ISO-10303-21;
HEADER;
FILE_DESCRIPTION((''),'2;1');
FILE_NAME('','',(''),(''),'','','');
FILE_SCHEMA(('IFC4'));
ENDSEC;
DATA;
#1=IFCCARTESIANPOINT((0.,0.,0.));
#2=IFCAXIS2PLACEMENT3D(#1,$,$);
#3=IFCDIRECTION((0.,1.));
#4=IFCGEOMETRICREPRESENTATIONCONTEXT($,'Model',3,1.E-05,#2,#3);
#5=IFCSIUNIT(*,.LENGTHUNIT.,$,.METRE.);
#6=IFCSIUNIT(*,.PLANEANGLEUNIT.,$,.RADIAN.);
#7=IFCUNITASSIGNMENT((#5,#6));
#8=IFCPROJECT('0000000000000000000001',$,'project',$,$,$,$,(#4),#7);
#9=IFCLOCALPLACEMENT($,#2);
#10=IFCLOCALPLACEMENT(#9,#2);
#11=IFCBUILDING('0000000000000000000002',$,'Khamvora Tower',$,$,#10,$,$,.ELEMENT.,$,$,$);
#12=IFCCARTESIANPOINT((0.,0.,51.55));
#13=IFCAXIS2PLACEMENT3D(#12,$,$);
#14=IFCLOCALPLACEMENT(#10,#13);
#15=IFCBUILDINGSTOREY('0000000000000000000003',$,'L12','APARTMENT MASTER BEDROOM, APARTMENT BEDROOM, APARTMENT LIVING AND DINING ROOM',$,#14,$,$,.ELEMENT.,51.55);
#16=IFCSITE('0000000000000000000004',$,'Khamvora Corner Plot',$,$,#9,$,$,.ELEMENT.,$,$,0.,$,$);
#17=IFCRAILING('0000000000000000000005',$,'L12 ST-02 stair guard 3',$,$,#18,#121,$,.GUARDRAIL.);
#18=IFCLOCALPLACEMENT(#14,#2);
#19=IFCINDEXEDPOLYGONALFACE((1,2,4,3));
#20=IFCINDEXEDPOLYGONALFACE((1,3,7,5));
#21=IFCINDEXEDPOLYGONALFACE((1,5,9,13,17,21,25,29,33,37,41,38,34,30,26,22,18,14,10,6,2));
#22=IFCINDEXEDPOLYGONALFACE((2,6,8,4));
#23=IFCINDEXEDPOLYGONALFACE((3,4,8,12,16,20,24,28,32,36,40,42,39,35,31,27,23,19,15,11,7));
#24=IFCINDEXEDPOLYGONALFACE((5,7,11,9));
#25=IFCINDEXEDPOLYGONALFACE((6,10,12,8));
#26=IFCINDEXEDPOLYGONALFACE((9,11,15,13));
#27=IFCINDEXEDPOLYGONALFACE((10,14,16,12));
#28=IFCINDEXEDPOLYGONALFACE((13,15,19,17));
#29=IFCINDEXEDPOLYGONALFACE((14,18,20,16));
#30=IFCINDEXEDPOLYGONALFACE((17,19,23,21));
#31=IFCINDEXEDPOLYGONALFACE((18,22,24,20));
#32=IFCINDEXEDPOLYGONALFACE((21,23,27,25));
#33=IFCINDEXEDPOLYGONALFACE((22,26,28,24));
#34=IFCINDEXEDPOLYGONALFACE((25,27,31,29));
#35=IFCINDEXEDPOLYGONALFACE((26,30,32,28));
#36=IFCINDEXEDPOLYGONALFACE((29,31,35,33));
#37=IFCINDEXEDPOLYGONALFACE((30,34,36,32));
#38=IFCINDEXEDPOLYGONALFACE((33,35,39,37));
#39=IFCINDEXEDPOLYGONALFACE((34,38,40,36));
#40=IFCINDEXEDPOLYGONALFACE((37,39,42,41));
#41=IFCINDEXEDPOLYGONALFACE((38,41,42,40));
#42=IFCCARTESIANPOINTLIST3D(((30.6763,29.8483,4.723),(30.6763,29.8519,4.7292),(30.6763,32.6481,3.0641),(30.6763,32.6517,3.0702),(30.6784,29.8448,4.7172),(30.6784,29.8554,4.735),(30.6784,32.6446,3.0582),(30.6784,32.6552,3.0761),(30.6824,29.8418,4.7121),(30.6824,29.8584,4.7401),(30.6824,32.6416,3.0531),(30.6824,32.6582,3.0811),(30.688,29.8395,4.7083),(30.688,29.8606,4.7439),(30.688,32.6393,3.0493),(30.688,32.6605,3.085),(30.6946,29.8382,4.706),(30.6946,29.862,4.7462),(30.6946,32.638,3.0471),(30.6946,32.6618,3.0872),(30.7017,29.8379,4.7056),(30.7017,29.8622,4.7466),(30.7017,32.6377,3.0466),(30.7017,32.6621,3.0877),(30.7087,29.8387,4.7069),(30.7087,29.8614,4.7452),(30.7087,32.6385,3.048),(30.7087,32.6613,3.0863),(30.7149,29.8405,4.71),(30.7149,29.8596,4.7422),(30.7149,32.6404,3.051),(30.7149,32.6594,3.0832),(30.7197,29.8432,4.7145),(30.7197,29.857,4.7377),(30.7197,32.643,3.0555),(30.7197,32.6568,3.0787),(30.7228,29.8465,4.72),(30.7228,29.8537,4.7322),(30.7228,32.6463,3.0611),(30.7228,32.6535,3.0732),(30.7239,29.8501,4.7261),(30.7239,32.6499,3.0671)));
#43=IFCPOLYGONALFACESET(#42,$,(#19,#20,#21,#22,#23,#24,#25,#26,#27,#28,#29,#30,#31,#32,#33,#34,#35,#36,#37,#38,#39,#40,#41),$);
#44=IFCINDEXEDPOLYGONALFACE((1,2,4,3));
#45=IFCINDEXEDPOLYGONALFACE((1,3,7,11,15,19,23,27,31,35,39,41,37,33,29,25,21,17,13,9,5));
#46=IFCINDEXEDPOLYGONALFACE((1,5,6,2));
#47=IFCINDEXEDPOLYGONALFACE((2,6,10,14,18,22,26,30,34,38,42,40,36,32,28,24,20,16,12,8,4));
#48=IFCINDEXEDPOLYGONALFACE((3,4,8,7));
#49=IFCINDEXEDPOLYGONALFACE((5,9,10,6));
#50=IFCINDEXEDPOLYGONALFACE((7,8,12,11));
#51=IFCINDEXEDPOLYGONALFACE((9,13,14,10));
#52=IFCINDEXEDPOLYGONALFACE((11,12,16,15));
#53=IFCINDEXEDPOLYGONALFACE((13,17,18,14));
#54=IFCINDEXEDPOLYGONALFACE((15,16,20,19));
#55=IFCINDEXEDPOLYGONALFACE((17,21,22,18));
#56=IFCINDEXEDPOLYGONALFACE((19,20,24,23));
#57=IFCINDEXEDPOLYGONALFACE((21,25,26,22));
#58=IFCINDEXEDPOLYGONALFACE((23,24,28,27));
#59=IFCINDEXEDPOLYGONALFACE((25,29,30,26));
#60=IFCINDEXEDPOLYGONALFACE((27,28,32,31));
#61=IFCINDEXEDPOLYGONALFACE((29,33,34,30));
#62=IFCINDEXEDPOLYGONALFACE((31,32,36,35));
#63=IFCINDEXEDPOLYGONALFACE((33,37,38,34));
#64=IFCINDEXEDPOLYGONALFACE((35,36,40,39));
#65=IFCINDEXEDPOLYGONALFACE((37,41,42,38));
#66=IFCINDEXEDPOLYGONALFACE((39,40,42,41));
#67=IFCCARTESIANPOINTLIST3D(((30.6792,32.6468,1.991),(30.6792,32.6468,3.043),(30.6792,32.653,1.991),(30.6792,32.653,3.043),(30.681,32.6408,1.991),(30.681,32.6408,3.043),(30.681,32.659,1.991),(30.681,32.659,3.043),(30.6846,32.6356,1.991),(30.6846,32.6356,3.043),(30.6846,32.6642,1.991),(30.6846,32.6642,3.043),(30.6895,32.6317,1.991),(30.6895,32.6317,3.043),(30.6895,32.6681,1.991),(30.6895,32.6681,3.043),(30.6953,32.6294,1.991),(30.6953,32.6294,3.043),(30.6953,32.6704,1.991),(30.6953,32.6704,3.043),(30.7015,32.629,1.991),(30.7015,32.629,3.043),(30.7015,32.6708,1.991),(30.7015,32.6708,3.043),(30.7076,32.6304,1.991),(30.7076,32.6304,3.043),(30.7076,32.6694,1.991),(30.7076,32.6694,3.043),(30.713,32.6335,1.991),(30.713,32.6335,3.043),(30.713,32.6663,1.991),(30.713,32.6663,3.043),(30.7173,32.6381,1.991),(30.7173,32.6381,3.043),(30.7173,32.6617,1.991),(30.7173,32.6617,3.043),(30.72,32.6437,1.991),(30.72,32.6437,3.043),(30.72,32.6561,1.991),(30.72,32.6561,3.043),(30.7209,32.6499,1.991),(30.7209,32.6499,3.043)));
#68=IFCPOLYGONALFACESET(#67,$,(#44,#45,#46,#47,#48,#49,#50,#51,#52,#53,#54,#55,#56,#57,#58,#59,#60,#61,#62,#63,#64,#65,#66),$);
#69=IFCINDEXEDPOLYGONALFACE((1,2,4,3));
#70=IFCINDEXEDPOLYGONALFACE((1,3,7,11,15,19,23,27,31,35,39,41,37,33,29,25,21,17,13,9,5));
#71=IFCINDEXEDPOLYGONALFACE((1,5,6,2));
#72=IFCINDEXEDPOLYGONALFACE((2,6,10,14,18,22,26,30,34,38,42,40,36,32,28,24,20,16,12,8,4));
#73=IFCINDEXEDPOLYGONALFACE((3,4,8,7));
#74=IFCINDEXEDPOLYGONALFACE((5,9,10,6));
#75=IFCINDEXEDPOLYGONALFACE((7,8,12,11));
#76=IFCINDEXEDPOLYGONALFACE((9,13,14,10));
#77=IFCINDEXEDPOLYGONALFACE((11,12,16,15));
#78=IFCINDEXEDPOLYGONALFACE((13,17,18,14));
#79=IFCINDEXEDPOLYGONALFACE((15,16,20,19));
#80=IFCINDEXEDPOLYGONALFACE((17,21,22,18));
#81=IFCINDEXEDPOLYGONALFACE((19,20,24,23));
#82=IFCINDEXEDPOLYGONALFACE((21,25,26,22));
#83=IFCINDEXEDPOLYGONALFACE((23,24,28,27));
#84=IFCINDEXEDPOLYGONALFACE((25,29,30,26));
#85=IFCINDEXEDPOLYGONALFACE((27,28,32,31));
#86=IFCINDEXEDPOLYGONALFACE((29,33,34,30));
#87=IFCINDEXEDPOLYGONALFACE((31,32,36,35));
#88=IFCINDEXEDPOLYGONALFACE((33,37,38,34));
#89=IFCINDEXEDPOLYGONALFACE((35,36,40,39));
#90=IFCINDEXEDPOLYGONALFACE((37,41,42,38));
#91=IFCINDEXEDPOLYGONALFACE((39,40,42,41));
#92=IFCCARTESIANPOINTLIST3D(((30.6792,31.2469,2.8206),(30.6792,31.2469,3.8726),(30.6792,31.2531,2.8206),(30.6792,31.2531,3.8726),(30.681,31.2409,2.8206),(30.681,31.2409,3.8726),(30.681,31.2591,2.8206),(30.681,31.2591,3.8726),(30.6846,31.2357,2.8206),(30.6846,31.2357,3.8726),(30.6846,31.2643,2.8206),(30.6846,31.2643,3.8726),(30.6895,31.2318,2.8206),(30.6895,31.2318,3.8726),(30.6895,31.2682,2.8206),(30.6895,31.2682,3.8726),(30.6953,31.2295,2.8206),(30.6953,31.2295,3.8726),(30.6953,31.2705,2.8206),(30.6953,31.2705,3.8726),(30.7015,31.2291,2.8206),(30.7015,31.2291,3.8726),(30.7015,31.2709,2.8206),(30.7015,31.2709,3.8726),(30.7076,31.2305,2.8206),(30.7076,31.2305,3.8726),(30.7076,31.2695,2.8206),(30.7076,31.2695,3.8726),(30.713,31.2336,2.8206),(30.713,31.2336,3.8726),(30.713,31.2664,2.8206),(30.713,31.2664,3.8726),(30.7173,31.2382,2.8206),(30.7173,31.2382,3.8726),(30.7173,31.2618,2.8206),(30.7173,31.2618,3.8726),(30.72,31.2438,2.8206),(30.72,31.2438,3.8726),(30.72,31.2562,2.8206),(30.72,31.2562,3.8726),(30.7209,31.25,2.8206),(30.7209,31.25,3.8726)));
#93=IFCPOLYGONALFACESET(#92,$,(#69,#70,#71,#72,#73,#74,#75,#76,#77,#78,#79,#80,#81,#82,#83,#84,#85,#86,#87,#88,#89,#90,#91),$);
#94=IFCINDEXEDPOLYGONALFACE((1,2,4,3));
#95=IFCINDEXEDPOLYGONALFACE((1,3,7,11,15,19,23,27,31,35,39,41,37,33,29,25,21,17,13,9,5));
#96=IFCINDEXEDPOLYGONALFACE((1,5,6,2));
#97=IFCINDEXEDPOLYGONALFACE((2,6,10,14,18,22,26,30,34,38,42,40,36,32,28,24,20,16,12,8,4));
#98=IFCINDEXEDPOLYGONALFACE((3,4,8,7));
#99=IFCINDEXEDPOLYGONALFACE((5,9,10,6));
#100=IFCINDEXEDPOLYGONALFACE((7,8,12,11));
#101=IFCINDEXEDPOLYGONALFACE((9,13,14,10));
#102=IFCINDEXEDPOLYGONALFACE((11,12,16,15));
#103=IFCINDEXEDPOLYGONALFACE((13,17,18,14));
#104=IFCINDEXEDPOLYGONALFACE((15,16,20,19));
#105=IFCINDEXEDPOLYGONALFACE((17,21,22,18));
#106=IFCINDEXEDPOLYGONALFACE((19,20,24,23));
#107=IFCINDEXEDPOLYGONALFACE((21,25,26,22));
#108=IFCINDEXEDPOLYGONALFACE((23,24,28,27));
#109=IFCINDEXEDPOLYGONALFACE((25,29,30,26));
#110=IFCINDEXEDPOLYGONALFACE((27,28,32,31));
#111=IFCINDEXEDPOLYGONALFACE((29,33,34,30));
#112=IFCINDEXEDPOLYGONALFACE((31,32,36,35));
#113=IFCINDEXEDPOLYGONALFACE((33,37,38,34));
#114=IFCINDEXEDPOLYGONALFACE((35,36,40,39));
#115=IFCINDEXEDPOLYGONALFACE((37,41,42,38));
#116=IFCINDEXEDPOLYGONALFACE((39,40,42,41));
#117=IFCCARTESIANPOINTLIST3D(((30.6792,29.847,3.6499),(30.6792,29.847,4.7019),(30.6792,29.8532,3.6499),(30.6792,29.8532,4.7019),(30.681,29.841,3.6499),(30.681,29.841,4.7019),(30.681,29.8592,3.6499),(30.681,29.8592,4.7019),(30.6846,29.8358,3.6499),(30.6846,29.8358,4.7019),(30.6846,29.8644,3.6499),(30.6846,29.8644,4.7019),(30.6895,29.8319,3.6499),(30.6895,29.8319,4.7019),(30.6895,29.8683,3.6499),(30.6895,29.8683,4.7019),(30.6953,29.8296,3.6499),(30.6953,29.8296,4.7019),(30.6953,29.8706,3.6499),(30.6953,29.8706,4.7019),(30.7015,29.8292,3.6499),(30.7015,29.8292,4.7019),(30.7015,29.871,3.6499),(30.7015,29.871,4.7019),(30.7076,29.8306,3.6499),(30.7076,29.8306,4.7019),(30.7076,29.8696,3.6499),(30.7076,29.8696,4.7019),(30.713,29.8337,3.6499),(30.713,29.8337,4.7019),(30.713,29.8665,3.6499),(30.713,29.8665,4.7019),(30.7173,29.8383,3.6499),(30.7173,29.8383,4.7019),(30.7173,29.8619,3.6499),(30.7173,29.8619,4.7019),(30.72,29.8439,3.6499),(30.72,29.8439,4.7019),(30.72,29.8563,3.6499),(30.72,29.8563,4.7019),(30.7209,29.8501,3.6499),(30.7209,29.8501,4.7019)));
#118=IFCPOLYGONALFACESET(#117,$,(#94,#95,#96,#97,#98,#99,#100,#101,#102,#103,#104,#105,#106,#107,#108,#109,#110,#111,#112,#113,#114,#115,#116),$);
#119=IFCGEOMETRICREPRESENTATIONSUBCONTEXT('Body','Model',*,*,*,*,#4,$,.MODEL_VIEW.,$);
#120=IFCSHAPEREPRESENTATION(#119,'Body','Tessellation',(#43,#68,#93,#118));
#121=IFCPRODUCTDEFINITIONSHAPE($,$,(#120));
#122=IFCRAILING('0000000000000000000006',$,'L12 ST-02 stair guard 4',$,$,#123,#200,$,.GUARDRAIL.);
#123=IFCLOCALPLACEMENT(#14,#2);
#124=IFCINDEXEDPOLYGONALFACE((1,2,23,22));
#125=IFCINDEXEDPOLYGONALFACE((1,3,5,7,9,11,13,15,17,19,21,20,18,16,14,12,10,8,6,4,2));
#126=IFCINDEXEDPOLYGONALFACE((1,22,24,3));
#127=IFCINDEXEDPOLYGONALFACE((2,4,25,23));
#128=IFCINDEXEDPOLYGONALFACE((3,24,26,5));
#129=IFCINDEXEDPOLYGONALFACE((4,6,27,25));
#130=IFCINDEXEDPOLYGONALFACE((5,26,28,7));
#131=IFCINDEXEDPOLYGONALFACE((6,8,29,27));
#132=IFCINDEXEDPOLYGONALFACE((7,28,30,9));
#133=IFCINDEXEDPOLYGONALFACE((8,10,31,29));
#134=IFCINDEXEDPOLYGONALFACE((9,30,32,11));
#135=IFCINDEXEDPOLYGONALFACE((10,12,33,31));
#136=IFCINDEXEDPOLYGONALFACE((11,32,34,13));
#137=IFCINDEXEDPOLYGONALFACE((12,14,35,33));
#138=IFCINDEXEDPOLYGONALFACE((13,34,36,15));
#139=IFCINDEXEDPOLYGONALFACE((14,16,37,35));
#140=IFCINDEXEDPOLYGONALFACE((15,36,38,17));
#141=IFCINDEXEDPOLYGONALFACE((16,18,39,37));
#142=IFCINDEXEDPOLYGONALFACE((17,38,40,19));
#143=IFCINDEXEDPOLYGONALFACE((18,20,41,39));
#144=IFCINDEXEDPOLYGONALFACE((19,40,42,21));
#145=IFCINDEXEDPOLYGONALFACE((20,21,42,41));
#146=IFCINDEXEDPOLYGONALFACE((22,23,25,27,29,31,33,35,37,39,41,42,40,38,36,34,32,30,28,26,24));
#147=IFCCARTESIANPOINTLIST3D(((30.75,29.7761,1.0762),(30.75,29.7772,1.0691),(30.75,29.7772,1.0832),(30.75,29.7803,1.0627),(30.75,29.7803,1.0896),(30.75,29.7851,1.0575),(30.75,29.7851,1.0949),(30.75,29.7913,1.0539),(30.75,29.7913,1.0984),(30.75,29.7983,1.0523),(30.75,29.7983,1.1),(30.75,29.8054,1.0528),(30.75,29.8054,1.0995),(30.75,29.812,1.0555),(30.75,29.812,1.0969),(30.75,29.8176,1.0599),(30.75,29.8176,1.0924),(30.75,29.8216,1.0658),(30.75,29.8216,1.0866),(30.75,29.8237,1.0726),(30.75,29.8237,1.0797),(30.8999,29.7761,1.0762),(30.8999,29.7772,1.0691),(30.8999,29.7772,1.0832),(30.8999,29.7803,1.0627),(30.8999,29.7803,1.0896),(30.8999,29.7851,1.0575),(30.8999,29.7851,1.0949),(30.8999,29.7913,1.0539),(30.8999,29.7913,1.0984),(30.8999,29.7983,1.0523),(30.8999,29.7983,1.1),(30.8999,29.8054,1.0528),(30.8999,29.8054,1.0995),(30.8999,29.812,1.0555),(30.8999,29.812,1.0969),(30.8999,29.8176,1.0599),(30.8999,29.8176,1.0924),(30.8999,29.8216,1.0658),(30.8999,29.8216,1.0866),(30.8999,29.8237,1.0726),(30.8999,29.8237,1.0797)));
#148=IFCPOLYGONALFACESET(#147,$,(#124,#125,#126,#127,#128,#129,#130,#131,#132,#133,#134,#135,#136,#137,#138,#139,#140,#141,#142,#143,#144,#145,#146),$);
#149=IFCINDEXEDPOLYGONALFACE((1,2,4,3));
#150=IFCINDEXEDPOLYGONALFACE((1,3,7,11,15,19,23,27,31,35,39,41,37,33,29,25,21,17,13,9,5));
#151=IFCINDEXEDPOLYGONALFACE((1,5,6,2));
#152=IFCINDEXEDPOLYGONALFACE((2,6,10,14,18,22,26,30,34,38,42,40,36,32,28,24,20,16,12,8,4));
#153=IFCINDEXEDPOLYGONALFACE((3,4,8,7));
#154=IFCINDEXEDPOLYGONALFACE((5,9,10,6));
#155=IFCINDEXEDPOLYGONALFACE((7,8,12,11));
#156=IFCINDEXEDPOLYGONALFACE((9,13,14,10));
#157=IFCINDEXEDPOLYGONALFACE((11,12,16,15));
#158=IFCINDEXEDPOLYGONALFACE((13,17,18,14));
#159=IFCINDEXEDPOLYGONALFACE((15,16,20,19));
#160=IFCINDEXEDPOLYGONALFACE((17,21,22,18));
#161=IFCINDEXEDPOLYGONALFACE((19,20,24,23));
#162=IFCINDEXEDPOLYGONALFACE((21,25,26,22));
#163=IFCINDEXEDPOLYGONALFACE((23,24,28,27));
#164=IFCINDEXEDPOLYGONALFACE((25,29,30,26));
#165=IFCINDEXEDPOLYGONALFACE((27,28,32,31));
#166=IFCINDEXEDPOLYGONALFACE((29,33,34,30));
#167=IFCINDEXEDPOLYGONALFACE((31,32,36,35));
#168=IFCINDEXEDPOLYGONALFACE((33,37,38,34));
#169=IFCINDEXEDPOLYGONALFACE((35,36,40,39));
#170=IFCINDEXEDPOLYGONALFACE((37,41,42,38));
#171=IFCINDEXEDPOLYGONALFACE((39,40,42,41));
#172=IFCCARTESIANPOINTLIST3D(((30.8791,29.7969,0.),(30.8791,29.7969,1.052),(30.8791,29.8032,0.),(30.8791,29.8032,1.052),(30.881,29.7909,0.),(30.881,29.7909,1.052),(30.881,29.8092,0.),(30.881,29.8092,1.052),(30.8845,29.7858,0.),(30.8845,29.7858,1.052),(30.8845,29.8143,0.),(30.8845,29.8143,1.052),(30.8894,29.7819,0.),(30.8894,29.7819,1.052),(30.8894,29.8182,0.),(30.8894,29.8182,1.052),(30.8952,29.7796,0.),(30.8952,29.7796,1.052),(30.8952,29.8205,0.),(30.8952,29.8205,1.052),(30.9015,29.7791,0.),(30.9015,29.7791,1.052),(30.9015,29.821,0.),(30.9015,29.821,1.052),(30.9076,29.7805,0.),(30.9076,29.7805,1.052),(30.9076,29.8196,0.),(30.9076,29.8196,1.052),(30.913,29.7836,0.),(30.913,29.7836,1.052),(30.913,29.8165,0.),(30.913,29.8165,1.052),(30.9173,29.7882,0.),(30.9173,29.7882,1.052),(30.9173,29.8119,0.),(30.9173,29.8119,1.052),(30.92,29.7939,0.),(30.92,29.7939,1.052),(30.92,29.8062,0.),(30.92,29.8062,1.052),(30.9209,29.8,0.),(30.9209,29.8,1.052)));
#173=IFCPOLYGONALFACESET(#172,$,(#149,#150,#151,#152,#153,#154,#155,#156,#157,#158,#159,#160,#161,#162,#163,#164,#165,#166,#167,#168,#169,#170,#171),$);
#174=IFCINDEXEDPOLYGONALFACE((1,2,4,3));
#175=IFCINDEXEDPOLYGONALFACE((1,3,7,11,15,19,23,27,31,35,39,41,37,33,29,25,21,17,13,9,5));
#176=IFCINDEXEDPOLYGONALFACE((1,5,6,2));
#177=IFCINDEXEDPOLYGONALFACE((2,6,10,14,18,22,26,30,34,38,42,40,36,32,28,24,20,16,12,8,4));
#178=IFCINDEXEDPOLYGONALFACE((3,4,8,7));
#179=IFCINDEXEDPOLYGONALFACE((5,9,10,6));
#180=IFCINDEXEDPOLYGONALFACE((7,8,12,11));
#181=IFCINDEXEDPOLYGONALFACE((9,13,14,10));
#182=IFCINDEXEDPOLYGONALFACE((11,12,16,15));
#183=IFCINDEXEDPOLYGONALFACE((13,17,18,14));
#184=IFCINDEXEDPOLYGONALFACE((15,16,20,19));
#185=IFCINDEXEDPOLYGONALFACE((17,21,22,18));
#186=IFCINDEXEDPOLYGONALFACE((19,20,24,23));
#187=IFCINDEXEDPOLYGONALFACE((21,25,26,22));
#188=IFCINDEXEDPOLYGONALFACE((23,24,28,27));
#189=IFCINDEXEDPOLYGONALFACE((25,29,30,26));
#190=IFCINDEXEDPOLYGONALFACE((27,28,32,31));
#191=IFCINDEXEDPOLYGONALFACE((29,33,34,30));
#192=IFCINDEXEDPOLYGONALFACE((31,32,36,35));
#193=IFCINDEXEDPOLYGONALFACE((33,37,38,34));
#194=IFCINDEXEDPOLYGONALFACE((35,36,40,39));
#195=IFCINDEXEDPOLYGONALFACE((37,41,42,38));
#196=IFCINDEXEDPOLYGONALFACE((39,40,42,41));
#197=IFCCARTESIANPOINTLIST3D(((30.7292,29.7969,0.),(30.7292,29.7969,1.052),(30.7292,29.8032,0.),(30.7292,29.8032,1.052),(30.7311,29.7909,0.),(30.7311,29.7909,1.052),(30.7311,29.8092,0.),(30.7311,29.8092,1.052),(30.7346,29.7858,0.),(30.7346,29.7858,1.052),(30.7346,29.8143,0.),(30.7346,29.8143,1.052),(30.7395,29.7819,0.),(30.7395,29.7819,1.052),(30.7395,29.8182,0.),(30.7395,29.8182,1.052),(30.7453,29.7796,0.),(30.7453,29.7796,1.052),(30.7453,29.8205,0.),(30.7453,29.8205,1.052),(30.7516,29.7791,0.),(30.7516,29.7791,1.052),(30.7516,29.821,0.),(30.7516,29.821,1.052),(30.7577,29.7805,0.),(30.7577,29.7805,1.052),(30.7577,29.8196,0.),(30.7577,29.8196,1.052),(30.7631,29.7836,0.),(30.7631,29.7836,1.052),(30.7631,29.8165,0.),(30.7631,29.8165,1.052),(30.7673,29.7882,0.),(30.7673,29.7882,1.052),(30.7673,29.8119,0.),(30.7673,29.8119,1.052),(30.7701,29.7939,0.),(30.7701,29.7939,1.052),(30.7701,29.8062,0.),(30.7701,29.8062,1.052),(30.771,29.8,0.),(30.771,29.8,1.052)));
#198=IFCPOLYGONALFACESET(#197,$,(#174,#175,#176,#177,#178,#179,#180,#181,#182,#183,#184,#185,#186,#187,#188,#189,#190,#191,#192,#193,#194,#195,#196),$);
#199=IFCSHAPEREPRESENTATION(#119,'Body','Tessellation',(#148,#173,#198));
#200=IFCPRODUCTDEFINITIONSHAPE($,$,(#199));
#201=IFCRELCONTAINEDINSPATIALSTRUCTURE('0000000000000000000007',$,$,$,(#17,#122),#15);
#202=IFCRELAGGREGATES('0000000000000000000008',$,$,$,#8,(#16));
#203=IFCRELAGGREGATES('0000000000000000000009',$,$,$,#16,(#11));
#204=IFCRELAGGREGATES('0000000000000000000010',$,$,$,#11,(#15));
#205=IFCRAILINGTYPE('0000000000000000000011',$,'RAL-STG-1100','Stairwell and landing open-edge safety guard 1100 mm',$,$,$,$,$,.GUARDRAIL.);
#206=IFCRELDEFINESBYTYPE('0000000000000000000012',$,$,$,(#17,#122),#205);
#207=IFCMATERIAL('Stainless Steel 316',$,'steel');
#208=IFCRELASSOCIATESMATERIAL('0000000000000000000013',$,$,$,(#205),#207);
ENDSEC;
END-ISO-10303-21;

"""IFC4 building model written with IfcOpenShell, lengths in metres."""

from ifc_helpers import new_model, si_unit, direction, frame, origin, origin_2d, place, context, subcontext, project, spatial, circle, extrude, material, type_object, element, save


model = new_model("IFC4")

# Units and contexts
model_context = context("Model", 3, precision=1e-05, world=origin(), true_north=direction((0.0, 1.0)))
body_context = subcontext(model_context, "Body", "Model", "MODEL_VIEW")
ifc_project = project(units=[si_unit("LENGTHUNIT", "METRE"), si_unit("PLANEANGLEUNIT", "RADIAN")], contexts=[model_context])

# Site, building, storey
site_placement = place(None, origin())
site = spatial("IfcSite", under=ifc_project, at=site_placement, Name="Khamvora Corner Plot", CompositionType="ELEMENT", RefElevation=0.0)
building_placement = place(site_placement, origin())
building = spatial("IfcBuilding", under=site, at=building_placement, Name="Khamvora Tower", CompositionType="ELEMENT")
storey_placement = place(building_placement, frame((0.0, 0.0, 51.55)))
storey = spatial("IfcBuildingStorey", under=building, at=storey_placement, Name="L12", Description="APARTMENT MASTER BEDROOM, APARTMENT BEDROOM, APARTMENT LIVING AND DINING ROOM", CompositionType="ELEMENT", Elevation=51.55)

# Railings
ifc_material_1 = material(Name="Stainless Steel 316", Category="steel")
railing_type_1 = type_object("IfcRailingType", Name="RAL-STG-1100", Description="Stairwell and landing open-edge safety guard 1100 mm", PredefinedType="GUARDRAIL", material=ifc_material_1)
railing_1_placement = place(storey_placement, frame((30.7, 32.6499, 1.991)))
element("IfcRailing", 1, at=railing_1_placement, inside=storey, type_object=railing_type_1, Name="L12 ST-02 stair guard 3", PredefinedType="GUARDRAIL", context=body_context, shape_type="SweptSolid", body=[
    extrude(circle(Radius=0.0239, at=origin_2d()), frame((0.0, 0.0, 1.0762), z_axis=(0.0, -0.86032, 0.509755), x_axis=(1.0, 0.0, 0.0)), (0.0, 0.0, 1.0), 3.2544),
    extrude(circle(Radius=0.021, at=origin_2d()), origin(), (0.0, 0.0, 1.0), 1.052),
    extrude(circle(Radius=0.021, at=origin_2d()), frame((0.0, -1.3999, 0.8296)), (0.0, 0.0, 1.0), 1.052),
    extrude(circle(Radius=0.021, at=origin_2d()), frame((0.0, -2.7998, 1.6589)), (0.0, 0.0, 1.0), 1.052),
])
railing_2_placement = place(storey_placement, frame((30.8999, 29.8, 0.0)))
element("IfcRailing", 2, at=railing_2_placement, inside=storey, type_object=railing_type_1, Name="L12 ST-02 stair guard 4", PredefinedType="GUARDRAIL", context=body_context, shape_type="SweptSolid", body=[
    extrude(circle(Radius=0.0239, at=origin_2d()), frame((0.0, 0.0, 1.0762), z_axis=(-1.0, 0.0, 0.0), x_axis=(0.0, -1.0, 0.0)), (0.0, 0.0, 1.0), 0.1499),
    extrude(circle(Radius=0.021, at=origin_2d()), origin(), (0.0, 0.0, 1.0), 1.052),
    extrude(circle(Radius=0.021, at=origin_2d()), frame((-0.1499, 0.0, 0.0)), (0.0, 0.0, 1.0), 1.052),
])

save(model, "model.ifc")
